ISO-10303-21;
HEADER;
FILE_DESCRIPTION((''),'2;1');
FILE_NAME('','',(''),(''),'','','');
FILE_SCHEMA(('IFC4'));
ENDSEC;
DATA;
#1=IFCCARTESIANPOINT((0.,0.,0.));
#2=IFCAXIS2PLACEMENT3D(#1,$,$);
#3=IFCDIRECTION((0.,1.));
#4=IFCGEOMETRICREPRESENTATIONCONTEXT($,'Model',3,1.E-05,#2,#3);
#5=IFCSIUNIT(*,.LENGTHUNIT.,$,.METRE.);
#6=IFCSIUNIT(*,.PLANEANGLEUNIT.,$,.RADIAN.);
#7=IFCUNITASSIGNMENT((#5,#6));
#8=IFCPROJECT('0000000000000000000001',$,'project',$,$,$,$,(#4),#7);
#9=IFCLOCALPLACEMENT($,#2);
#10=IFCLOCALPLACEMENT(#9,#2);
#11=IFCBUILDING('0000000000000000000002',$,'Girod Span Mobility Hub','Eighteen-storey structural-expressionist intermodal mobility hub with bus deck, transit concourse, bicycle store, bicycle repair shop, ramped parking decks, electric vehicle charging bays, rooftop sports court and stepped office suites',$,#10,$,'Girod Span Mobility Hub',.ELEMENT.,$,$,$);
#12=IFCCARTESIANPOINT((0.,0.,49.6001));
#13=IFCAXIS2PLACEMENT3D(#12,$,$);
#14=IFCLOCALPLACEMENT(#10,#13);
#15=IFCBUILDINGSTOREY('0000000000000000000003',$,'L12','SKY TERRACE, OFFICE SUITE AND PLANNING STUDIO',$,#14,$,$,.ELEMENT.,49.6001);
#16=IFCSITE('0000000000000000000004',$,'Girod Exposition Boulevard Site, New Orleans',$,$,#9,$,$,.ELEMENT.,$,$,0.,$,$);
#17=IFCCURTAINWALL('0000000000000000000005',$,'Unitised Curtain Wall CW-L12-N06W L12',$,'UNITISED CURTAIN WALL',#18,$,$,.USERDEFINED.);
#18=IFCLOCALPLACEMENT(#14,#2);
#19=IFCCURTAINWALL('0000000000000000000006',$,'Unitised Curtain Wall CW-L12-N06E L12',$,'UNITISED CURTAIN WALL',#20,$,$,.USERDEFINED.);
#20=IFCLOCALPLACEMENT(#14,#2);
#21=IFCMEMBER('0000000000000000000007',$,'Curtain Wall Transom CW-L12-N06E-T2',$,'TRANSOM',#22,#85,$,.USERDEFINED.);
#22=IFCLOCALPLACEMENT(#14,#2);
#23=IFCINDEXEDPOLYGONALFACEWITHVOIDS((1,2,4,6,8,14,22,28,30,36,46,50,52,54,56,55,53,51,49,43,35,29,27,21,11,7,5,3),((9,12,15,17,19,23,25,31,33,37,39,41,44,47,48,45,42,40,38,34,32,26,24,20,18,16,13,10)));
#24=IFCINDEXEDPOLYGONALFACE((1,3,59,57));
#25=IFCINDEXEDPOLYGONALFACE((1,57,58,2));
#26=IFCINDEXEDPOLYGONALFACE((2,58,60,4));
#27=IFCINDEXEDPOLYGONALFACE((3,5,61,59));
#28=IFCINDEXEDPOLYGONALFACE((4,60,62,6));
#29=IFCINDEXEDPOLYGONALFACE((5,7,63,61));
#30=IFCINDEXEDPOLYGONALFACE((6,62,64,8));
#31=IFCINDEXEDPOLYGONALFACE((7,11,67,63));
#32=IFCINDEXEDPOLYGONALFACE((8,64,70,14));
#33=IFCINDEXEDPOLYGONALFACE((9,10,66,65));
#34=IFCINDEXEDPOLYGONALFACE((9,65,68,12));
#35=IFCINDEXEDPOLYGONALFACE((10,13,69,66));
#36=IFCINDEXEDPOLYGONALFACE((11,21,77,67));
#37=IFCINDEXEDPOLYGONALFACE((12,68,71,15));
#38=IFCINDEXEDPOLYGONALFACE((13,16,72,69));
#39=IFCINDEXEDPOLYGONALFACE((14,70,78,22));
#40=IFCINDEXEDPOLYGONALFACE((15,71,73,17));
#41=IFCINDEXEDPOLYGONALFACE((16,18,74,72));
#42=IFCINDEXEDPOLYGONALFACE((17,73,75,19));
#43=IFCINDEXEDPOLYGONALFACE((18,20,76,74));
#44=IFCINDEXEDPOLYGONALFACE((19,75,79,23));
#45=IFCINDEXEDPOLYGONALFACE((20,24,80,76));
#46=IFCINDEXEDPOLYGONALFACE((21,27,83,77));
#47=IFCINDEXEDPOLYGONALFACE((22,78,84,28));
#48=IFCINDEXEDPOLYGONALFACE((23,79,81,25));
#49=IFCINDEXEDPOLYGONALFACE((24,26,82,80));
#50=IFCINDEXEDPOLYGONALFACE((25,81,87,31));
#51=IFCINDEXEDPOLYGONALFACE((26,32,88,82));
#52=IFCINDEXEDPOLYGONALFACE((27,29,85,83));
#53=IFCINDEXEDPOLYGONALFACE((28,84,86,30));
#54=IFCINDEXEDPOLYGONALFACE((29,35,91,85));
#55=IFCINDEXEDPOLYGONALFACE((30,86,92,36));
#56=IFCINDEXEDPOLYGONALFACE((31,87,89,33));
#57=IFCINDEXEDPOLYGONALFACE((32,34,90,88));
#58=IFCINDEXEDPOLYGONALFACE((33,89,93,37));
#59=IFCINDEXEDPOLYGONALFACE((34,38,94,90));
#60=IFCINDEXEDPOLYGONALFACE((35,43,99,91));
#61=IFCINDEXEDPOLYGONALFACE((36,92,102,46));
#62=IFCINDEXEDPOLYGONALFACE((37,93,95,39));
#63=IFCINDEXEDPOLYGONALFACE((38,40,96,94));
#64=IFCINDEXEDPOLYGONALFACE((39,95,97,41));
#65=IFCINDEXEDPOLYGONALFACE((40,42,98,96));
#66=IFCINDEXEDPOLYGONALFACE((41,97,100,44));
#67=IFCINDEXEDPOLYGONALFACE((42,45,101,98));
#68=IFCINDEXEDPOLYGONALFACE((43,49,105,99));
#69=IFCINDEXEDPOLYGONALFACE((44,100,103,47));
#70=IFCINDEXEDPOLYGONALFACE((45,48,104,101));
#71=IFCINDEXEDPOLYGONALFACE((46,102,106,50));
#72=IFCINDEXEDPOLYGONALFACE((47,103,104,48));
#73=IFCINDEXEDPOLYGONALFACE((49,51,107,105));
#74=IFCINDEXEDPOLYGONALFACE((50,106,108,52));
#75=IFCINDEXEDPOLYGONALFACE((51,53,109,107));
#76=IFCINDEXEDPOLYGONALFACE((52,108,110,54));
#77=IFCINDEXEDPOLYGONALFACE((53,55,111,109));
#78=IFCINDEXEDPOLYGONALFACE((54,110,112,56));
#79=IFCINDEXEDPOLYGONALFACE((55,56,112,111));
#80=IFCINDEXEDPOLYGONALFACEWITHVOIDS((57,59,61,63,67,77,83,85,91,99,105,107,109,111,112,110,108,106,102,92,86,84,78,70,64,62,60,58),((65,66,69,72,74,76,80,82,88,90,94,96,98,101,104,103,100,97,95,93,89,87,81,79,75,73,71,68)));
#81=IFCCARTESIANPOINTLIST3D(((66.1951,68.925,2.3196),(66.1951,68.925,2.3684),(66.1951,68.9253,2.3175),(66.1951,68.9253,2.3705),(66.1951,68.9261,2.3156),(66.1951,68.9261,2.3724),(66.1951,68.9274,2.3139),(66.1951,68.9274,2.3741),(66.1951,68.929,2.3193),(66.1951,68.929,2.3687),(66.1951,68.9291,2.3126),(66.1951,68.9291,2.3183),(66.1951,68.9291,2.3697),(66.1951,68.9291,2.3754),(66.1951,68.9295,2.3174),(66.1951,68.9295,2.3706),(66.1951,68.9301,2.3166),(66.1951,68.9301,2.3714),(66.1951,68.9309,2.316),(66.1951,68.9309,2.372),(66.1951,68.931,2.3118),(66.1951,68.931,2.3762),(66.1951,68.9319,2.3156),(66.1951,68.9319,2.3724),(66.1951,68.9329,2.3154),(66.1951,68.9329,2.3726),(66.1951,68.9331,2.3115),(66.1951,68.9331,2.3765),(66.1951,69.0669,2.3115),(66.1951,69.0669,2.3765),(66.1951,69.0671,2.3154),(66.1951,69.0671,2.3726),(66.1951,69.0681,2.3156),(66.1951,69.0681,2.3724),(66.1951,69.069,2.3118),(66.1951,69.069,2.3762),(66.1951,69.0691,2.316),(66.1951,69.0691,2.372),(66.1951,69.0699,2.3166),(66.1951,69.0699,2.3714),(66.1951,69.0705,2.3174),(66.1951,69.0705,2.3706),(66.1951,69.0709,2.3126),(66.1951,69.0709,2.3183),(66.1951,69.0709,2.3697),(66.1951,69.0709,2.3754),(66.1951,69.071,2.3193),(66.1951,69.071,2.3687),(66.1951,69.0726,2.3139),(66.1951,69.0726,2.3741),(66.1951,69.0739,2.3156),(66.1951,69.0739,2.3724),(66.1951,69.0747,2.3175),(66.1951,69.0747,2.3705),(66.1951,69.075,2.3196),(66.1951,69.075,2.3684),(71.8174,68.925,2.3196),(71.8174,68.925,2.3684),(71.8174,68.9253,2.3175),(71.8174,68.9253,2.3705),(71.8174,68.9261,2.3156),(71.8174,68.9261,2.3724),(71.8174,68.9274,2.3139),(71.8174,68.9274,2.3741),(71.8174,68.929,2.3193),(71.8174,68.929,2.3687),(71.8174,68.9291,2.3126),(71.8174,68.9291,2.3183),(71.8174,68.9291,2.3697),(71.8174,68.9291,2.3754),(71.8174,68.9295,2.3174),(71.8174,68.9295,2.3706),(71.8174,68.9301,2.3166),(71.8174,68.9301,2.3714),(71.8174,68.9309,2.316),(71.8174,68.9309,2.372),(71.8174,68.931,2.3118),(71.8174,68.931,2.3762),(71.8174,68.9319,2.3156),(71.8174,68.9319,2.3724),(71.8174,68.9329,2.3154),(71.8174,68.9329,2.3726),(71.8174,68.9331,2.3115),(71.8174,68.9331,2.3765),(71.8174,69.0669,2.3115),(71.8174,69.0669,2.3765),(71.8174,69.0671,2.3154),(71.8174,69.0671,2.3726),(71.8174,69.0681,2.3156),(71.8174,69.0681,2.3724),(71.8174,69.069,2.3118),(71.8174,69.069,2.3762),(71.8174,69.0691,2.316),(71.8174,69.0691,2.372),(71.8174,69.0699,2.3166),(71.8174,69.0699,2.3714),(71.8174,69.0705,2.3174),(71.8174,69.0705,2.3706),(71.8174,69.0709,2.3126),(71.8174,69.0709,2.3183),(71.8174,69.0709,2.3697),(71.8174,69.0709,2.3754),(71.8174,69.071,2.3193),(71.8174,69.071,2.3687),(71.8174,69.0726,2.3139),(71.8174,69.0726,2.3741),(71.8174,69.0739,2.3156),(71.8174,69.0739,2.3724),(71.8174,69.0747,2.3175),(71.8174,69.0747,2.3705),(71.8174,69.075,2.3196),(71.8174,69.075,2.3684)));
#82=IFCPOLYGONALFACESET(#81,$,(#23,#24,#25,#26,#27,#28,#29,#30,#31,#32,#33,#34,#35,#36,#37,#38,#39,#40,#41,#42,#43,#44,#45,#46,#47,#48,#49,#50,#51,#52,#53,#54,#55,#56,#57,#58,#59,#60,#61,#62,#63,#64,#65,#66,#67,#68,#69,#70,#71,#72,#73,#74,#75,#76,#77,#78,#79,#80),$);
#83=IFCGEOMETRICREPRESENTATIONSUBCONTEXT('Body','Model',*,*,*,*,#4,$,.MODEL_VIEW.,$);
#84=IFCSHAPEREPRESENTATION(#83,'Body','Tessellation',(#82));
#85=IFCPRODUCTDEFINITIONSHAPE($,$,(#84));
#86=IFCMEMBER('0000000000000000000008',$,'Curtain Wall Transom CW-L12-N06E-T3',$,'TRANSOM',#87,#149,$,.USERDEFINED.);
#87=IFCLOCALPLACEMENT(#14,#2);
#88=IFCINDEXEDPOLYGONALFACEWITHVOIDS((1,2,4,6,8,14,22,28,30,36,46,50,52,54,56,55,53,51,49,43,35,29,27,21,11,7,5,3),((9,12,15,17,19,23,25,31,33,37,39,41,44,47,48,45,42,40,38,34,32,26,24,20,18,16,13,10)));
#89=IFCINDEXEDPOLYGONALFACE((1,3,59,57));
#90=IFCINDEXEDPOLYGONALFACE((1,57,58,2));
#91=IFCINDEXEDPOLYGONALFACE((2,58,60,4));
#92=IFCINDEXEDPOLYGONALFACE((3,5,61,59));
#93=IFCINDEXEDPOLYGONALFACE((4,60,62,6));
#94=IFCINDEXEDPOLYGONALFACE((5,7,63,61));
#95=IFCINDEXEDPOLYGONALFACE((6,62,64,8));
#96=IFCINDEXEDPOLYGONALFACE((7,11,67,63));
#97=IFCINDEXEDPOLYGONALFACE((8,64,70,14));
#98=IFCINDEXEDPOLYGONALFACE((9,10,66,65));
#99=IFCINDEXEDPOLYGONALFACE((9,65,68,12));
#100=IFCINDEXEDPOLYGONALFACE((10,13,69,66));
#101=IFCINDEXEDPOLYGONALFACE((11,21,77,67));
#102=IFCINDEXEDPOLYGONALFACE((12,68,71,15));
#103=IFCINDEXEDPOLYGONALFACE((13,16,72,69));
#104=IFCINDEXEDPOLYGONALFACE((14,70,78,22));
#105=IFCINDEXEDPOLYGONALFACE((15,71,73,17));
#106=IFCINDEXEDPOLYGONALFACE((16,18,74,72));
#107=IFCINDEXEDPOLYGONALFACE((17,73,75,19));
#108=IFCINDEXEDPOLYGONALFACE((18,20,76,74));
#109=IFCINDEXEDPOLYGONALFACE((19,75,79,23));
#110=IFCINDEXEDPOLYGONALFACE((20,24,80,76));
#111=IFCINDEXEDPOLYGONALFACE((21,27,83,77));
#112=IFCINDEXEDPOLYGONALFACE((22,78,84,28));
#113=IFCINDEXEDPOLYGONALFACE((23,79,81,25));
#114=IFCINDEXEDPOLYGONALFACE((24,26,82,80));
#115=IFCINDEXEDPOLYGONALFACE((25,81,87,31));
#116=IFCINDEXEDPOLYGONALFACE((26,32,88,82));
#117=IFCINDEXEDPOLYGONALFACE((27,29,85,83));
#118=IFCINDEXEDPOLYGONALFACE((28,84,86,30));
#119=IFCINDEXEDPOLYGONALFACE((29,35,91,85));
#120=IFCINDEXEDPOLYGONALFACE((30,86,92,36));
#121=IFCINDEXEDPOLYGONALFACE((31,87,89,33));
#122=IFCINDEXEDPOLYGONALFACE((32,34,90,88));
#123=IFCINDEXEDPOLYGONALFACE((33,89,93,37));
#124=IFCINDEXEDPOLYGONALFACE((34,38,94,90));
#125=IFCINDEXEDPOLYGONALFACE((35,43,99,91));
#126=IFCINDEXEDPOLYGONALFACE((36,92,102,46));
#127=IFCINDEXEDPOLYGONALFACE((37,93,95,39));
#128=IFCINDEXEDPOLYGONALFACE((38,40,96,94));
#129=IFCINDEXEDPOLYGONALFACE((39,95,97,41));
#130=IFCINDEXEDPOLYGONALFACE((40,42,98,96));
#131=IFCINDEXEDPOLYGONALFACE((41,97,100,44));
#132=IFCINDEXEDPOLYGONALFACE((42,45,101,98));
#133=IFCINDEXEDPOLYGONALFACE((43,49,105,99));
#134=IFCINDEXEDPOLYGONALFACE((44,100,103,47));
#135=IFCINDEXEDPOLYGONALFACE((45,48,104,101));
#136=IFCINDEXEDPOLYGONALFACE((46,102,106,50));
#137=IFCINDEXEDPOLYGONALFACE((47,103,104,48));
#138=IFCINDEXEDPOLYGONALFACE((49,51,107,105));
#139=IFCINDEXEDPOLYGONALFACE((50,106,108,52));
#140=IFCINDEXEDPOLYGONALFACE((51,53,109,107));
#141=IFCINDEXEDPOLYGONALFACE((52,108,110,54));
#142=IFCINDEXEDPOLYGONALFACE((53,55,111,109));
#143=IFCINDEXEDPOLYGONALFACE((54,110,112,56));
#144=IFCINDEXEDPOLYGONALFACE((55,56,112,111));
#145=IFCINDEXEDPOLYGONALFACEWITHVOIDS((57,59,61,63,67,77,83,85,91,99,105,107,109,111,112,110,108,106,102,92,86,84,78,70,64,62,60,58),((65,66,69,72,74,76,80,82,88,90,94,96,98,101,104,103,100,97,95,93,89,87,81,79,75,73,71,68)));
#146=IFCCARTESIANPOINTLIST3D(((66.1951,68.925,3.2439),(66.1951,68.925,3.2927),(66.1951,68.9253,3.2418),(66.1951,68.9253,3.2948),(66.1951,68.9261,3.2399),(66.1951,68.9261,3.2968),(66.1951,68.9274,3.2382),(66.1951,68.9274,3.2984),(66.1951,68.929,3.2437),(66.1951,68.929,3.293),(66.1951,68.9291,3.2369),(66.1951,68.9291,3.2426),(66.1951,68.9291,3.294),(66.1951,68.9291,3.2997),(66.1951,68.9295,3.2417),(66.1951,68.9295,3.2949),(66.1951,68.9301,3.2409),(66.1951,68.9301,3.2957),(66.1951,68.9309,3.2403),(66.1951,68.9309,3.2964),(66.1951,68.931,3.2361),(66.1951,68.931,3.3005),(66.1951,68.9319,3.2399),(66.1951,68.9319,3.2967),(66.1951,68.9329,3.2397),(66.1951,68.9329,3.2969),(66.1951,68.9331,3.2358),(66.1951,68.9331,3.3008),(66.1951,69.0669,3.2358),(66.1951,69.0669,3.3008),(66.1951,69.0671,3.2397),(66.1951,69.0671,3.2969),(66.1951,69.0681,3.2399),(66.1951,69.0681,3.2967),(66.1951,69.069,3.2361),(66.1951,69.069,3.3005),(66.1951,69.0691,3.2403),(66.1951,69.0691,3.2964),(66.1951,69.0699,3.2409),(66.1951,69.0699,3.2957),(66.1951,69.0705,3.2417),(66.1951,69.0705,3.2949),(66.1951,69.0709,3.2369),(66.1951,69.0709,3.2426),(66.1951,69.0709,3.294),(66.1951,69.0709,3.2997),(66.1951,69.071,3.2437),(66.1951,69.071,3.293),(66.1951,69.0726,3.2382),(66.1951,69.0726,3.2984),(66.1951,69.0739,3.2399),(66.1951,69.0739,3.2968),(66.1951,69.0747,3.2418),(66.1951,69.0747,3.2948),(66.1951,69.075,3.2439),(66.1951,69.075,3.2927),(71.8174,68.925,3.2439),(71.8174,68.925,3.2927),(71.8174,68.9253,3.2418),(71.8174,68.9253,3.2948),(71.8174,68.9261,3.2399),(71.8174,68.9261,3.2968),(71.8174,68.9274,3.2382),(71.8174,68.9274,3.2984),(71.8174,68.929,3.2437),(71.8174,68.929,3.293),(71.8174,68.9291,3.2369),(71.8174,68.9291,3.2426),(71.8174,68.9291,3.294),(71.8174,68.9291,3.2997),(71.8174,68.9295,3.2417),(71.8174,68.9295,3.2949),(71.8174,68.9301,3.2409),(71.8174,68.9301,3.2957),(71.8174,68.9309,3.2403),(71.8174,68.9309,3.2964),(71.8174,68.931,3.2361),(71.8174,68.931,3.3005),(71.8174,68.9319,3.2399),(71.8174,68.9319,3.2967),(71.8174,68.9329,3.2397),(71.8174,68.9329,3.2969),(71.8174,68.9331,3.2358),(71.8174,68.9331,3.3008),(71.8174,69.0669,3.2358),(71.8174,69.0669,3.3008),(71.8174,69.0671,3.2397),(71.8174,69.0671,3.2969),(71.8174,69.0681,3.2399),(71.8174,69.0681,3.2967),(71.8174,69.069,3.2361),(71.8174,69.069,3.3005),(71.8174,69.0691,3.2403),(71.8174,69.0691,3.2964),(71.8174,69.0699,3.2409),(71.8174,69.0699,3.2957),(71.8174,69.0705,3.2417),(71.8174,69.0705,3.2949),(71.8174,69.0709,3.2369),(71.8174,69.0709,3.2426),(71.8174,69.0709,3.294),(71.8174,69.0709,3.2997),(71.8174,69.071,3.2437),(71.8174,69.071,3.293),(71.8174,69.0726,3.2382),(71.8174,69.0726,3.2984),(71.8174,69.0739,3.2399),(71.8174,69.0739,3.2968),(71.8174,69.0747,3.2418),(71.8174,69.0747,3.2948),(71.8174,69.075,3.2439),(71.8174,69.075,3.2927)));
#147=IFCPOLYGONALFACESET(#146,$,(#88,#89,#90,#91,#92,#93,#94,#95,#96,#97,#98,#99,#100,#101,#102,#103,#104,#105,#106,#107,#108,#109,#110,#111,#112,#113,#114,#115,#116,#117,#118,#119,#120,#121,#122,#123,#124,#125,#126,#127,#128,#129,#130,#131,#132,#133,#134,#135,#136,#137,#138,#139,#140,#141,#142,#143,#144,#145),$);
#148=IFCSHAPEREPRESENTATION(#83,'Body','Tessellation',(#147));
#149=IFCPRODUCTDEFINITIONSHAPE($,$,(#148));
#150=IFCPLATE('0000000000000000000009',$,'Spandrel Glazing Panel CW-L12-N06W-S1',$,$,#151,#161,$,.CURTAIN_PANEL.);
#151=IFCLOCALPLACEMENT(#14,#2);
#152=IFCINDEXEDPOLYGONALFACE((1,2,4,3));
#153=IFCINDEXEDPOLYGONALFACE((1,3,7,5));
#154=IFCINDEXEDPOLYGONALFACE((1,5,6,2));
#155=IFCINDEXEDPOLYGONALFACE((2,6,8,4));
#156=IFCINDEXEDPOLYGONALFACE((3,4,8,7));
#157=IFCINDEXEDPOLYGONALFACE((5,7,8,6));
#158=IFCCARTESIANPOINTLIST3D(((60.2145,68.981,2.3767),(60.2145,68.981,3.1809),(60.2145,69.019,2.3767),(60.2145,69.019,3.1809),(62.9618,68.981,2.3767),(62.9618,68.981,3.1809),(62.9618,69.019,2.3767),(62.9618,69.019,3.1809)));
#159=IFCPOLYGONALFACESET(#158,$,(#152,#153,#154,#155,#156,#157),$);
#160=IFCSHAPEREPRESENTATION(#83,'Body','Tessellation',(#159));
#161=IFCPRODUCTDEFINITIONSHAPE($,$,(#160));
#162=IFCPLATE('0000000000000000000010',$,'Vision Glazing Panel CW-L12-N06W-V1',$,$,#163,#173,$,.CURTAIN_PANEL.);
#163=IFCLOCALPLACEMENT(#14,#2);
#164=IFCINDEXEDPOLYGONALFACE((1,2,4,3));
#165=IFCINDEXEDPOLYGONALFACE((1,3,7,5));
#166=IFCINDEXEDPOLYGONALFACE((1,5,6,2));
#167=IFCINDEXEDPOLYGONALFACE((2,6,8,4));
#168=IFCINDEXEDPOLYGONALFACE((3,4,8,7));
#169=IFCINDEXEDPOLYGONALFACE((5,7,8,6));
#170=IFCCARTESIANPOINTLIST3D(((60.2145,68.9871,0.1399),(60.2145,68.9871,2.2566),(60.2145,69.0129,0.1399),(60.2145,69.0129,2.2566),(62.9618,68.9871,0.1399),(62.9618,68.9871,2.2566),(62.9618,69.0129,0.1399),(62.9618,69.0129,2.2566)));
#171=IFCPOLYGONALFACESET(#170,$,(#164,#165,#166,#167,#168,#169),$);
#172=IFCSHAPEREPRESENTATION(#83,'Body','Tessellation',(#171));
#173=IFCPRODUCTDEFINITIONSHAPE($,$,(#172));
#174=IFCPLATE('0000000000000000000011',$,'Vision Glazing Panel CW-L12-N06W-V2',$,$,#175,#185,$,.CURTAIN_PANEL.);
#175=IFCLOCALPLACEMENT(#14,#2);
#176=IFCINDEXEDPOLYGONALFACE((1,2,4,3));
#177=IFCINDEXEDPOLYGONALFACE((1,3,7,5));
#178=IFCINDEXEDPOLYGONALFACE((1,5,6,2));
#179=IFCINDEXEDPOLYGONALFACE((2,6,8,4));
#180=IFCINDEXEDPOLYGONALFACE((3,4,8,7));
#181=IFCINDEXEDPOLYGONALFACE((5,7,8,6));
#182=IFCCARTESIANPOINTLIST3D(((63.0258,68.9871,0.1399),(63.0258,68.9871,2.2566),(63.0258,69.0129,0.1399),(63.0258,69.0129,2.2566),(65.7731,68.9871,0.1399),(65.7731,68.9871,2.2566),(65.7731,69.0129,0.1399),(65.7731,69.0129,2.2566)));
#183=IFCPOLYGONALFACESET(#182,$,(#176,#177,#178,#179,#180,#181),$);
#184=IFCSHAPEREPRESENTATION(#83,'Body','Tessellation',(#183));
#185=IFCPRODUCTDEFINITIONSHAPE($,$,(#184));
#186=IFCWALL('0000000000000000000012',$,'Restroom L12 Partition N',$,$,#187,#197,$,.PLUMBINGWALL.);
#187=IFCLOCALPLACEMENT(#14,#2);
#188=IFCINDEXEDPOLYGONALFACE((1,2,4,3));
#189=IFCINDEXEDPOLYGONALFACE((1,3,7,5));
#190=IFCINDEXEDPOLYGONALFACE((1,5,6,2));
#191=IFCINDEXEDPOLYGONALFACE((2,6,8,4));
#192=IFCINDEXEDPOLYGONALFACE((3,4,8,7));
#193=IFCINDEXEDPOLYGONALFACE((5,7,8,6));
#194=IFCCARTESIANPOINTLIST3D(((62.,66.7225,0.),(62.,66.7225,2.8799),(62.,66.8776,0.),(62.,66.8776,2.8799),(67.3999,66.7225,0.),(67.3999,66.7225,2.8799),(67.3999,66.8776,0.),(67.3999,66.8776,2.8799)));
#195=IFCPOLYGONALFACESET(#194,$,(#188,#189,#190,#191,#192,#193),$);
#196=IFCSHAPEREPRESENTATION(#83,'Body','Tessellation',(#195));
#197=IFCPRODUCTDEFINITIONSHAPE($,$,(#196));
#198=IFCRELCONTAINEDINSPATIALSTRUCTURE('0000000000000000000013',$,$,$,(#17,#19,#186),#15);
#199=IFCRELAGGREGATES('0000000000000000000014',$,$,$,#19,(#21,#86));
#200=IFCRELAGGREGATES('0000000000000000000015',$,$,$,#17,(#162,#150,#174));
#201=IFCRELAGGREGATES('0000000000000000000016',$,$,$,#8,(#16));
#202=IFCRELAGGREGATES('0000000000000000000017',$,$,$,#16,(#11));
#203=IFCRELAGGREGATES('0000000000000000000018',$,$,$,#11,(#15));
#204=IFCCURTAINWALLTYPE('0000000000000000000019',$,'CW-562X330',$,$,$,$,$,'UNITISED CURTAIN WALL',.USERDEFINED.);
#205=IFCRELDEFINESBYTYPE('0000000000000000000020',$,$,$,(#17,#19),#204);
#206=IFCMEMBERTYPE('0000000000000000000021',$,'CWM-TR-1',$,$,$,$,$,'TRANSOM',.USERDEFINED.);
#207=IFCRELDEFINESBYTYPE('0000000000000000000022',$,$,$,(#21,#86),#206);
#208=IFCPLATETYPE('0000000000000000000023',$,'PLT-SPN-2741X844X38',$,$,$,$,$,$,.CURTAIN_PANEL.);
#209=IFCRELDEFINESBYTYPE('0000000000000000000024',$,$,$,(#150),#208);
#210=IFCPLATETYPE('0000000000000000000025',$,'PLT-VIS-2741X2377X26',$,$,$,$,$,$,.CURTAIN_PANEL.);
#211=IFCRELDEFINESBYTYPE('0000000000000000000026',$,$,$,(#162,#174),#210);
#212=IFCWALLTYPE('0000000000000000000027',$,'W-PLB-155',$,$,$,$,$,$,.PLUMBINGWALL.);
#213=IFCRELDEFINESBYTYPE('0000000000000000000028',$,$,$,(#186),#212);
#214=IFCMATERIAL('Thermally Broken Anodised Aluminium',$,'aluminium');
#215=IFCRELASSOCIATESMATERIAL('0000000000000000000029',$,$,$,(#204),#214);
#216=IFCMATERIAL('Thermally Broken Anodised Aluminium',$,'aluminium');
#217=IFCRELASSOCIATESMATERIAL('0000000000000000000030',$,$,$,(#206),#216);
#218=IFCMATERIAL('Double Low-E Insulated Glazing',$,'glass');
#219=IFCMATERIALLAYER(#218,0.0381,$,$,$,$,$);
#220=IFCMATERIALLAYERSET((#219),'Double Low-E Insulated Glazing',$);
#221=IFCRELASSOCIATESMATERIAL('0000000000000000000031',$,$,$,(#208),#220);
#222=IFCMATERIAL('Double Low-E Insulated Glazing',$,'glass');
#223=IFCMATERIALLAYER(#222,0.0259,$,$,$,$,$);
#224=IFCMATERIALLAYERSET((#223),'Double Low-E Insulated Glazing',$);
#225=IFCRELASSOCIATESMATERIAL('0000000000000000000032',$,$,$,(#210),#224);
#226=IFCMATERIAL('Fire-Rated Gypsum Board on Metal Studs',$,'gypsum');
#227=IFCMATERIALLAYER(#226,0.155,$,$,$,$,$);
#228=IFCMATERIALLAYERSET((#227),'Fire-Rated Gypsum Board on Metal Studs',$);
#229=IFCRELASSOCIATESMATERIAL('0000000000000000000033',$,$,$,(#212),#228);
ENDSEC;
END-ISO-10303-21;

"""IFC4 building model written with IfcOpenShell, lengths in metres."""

from ifc_helpers import new_model, si_unit, direction, frame, frame_2d, origin, origin_2d, place, context, subcontext, project, spatial, rectangle, hollow_rectangle, extrude, material, layer, layer_set, material_profile, profile_set, type_object, element, aggregate, save


model = new_model("IFC4")

# Units and contexts
model_context = context("Model", 3, precision=1e-05, world=origin(), true_north=direction((0.0, 1.0)))
body_context = subcontext(model_context, "Body", "Model", "MODEL_VIEW")
ifc_project = project(units=[si_unit("LENGTHUNIT", "METRE"), si_unit("PLANEANGLEUNIT", "RADIAN")], contexts=[model_context])

# Site, building, storey
site_placement = place(None, origin())
site = spatial("IfcSite", under=ifc_project, at=site_placement, Name="Girod Exposition Boulevard Site, New Orleans", CompositionType="ELEMENT", RefElevation=0.0)
building_placement = place(site_placement, origin())
building = spatial("IfcBuilding", under=site, at=building_placement, Name="Girod Span Mobility Hub", Description="Eighteen-storey structural-expressionist intermodal mobility hub with bus deck, transit concourse, bicycle store, bicycle repair shop, ramped parking decks, electric vehicle charging bays, rooftop sports court and stepped office suites", LongName="Girod Span Mobility Hub", CompositionType="ELEMENT")
storey_placement = place(building_placement, frame((0.0, 0.0, 49.6001)))
storey = spatial("IfcBuildingStorey", under=building, at=storey_placement, Name="L12", Description="SKY TERRACE, OFFICE SUITE AND PLANNING STUDIO", CompositionType="ELEMENT", Elevation=49.6001)

# Curtain wall
ifc_material_1 = material(Name="Thermally Broken Anodised Aluminium", Category="aluminium")
curtain_wall_type = type_object("IfcCurtainWallType", Name="CW-562X330", ElementType="UNITISED CURTAIN WALL", PredefinedType="USERDEFINED", material=ifc_material_1)
curtain_wall_1_placement = place(storey_placement, origin())
curtain_wall_1 = element("IfcCurtainWall", 1, at=curtain_wall_1_placement, inside=storey, type_object=curtain_wall_type, Name="Unitised Curtain Wall CW-L12-N06W L12", ObjectType="UNITISED CURTAIN WALL", PredefinedType="USERDEFINED")

# Curtain wall
curtain_wall_2_placement = place(storey_placement, origin())
curtain_wall_2 = element("IfcCurtainWall", 2, at=curtain_wall_2_placement, inside=storey, type_object=curtain_wall_type, Name="Unitised Curtain Wall CW-L12-N06E L12", ObjectType="UNITISED CURTAIN WALL", PredefinedType="USERDEFINED")

# Members
ifc_material_2 = material(Name="Thermally Broken Anodised Aluminium", Category="aluminium")
ifc_material_profile_1 = material_profile(ifc_material_2, hollow_rectangle(XDim=0.1499, YDim=0.0649, WallThickness=0.0039, InnerFilletRadius=0.0039, OuterFilletRadius=0.0081, at=origin_2d()), Name="CW-TR-65X150")
ifc_profile_set_1 = profile_set([ifc_material_profile_1], Name="Thermally Broken Anodised Aluminium")
member_type_1 = type_object("IfcMemberType", Name="CWM-TR-1", ElementType="TRANSOM", PredefinedType="USERDEFINED", material=ifc_profile_set_1)
member_1_placement = place(storey_placement, frame((66.1951, 69.0, 2.344), z_axis=(1.0, 0.0, 0.0), x_axis=(0.0, 1.0, 0.0)))
member_1 = element("IfcMember", 3, at=member_1_placement, type_object=member_type_1, Name="Curtain Wall Transom CW-L12-N06E-T2", ObjectType="TRANSOM", PredefinedType="USERDEFINED", context=body_context, shape_type="SweptSolid", body=[
    extrude(hollow_rectangle(XDim=0.1499, YDim=0.0649, WallThickness=0.0039, InnerFilletRadius=0.0039, OuterFilletRadius=0.0081, at=origin_2d()), origin(), (0.0, 0.0, 1.0), 5.6223),
])
member_2_placement = place(storey_placement, frame((66.1951, 69.0, 3.2683), z_axis=(1.0, 0.0, 0.0), x_axis=(0.0, 1.0, 0.0)))
member_2 = element("IfcMember", 4, at=member_2_placement, type_object=member_type_1, Name="Curtain Wall Transom CW-L12-N06E-T3", ObjectType="TRANSOM", PredefinedType="USERDEFINED", context=body_context, shape_type="SweptSolid", body=[
    extrude(hollow_rectangle(XDim=0.1499, YDim=0.0649, WallThickness=0.0039, InnerFilletRadius=0.0039, OuterFilletRadius=0.0081, at=origin_2d()), origin(), (0.0, 0.0, 1.0), 5.6223),
])
aggregate(curtain_wall_2, [member_1, member_2])

# Plates
ifc_material_3 = material(Name="Double Low-E Insulated Glazing", Category="glass")
ifc_layer_1 = layer(ifc_material_3, 0.0381)
ifc_layer_set_1 = layer_set([ifc_layer_1], Name="Double Low-E Insulated Glazing")
plate_type_1 = type_object("IfcPlateType", Name="PLT-SPN-2741X844X38", PredefinedType="CURTAIN_PANEL", material=ifc_layer_set_1)
plate_1_placement = place(storey_placement, frame((61.5881, 69.0, 2.3767), z_axis=(0.0, 0.0, 1.0), x_axis=(1.0, 0.0, 0.0)))
plate_1 = element("IfcPlate", 5, at=plate_1_placement, type_object=plate_type_1, Name="Spandrel Glazing Panel CW-L12-N06W-S1", PredefinedType="CURTAIN_PANEL", context=body_context, shape_type="SweptSolid", body=[
    extrude(rectangle(XDim=2.7473, YDim=0.0381, at=origin_2d()), origin(), (0.0, 0.0, 1.0), 0.8042),
])
ifc_material_4 = material(Name="Double Low-E Insulated Glazing", Category="glass")
ifc_layer_2 = layer(ifc_material_4, 0.0259)
ifc_layer_set_2 = layer_set([ifc_layer_2], Name="Double Low-E Insulated Glazing")
plate_type_2 = type_object("IfcPlateType", Name="PLT-VIS-2741X2377X26", PredefinedType="CURTAIN_PANEL", material=ifc_layer_set_2)
plate_2_placement = place(storey_placement, frame((61.5881, 69.0, 0.1399), z_axis=(0.0, 0.0, 1.0), x_axis=(1.0, 0.0, 0.0)))
plate_2 = element("IfcPlate", 6, at=plate_2_placement, type_object=plate_type_2, Name="Vision Glazing Panel CW-L12-N06W-V1", PredefinedType="CURTAIN_PANEL", context=body_context, shape_type="SweptSolid", body=[
    extrude(rectangle(XDim=2.7473, YDim=0.0259, at=origin_2d()), origin(), (0.0, 0.0, 1.0), 2.1167),
])
plate_3_placement = place(storey_placement, frame((64.3994, 69.0, 0.1399), z_axis=(0.0, 0.0, 1.0), x_axis=(1.0, 0.0, 0.0)))
plate_3 = element("IfcPlate", 7, at=plate_3_placement, type_object=plate_type_2, Name="Vision Glazing Panel CW-L12-N06W-V2", PredefinedType="CURTAIN_PANEL", context=body_context, shape_type="SweptSolid", body=[
    extrude(rectangle(XDim=2.7473, YDim=0.0259, at=origin_2d()), origin(), (0.0, 0.0, 1.0), 2.1167),
])
aggregate(curtain_wall_1, [plate_2, plate_1, plate_3])

# Wall
ifc_material_5 = material(Name="Fire-Rated Gypsum Board on Metal Studs", Category="gypsum")
ifc_layer_3 = layer(ifc_material_5, 0.155)
ifc_layer_set_3 = layer_set([ifc_layer_3], Name="Fire-Rated Gypsum Board on Metal Studs")
wall_type_1 = type_object("IfcWallType", Name="W-PLB-155", PredefinedType="PLUMBINGWALL", material=ifc_layer_set_3)
wall_placement = place(storey_placement, frame((62.0, 66.8, 0.0), z_axis=(0.0, 0.0, 1.0), x_axis=(1.0, 0.0, 0.0)))
element("IfcWall", 8, at=wall_placement, inside=storey, type_object=wall_type_1, Name="Restroom L12 Partition N", PredefinedType="PLUMBINGWALL", context=body_context, shape_type="SweptSolid", body=[
    extrude(rectangle(XDim=5.3999, YDim=0.155, at=frame_2d((2.7, 0.0))), origin(), (0.0, 0.0, 1.0), 2.8799),
])

save(model, "model.ifc")
